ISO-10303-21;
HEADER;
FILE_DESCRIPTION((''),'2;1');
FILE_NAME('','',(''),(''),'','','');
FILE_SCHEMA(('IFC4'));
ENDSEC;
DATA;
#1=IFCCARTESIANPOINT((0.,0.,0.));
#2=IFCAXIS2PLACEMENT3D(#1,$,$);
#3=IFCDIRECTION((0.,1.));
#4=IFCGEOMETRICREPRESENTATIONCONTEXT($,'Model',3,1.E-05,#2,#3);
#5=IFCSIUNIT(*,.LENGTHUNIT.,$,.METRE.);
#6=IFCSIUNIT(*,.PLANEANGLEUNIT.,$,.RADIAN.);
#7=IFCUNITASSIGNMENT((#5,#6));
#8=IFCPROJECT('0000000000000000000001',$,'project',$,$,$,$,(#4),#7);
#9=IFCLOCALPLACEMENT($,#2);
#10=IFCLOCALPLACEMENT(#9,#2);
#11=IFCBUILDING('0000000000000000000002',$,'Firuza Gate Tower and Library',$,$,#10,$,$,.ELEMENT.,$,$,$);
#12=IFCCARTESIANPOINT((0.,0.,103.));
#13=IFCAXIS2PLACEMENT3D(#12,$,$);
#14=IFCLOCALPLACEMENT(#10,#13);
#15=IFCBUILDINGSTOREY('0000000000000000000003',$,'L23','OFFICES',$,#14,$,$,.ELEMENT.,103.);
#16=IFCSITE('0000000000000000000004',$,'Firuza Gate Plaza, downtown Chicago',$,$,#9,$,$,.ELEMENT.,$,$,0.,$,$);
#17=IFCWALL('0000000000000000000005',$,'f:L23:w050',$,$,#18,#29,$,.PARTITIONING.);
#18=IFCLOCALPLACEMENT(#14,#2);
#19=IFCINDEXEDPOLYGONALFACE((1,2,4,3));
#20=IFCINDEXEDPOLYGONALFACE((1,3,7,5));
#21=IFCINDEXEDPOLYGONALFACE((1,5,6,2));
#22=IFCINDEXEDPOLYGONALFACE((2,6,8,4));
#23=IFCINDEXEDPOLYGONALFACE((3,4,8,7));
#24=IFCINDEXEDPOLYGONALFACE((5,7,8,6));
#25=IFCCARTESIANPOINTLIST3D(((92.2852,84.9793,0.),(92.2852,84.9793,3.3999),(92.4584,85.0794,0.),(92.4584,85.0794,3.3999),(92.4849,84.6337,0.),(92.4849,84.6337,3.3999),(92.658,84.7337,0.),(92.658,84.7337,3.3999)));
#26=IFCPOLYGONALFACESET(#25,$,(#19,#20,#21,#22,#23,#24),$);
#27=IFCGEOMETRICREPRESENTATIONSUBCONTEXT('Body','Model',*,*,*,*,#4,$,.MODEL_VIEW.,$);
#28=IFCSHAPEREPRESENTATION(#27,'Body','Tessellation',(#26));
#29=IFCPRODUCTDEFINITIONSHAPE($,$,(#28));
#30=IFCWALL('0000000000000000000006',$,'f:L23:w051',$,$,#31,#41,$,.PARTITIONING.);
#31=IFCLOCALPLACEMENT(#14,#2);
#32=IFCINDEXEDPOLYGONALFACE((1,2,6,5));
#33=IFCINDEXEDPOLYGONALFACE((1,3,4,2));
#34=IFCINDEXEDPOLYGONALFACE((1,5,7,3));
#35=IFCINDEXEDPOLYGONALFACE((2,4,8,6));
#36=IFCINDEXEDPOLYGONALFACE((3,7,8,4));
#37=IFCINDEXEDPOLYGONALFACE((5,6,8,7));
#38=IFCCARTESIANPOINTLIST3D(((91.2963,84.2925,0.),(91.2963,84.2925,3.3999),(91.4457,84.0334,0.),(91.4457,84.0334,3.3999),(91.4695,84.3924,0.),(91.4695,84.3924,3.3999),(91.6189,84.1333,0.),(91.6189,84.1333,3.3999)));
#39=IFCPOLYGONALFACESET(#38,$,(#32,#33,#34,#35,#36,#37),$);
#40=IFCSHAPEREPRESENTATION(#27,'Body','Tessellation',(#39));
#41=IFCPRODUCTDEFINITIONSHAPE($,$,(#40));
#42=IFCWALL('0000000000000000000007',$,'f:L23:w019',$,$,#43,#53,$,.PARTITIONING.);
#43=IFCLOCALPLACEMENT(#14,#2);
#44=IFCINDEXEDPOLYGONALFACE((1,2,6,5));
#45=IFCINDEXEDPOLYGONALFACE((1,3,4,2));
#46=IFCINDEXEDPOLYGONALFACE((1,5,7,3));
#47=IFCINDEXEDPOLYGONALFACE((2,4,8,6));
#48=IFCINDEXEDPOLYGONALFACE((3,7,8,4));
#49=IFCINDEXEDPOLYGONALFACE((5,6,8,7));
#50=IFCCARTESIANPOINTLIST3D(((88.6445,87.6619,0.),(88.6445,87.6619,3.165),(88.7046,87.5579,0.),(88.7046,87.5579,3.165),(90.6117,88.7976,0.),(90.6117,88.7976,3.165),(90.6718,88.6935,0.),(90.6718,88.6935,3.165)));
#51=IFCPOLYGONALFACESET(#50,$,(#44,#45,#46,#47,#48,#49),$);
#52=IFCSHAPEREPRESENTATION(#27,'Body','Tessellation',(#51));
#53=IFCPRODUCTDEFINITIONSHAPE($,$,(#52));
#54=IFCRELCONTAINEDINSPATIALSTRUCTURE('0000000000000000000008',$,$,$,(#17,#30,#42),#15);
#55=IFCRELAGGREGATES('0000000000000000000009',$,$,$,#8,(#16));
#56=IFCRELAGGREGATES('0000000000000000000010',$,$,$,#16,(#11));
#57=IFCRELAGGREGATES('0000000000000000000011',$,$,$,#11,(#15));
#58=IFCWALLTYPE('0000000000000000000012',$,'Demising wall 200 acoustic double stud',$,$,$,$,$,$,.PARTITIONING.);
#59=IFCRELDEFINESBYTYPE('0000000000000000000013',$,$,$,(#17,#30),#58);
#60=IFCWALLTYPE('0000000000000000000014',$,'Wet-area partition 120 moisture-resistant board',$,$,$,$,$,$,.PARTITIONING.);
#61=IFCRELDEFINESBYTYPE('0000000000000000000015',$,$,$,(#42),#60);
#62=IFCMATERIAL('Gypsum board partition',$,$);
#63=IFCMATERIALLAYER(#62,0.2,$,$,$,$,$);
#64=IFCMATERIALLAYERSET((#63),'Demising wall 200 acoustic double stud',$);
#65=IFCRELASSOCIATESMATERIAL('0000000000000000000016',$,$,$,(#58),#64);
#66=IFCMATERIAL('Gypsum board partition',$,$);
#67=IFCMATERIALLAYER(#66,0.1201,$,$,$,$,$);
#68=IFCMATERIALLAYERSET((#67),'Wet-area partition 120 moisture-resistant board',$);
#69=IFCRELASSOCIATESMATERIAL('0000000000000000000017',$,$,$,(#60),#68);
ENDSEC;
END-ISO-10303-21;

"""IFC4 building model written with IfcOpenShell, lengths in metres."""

from ifc_helpers import new_model, si_unit, direction, frame, frame_2d, origin, place, context, subcontext, project, spatial, rectangle, extrude, material, layer, layer_set, type_object, element, save


model = new_model("IFC4")

# Units and contexts
model_context = context("Model", 3, precision=1e-05, world=origin(), true_north=direction((0.0, 1.0)))
body_context = subcontext(model_context, "Body", "Model", "MODEL_VIEW")
ifc_project = project(units=[si_unit("LENGTHUNIT", "METRE"), si_unit("PLANEANGLEUNIT", "RADIAN")], contexts=[model_context])

# Site, building, storey
site_placement = place(None, origin())
site = spatial("IfcSite", under=ifc_project, at=site_placement, Name="Firuza Gate Plaza, downtown Chicago", CompositionType="ELEMENT", RefElevation=0.0)
building_placement = place(site_placement, origin())
building = spatial("IfcBuilding", under=site, at=building_placement, Name="Firuza Gate Tower and Library", CompositionType="ELEMENT")
storey_placement = place(building_placement, frame((0.0, 0.0, 103.0)))
storey = spatial("IfcBuildingStorey", under=building, at=storey_placement, Name="L23", Description="OFFICES", CompositionType="ELEMENT", Elevation=103.0)

# Walls
ifc_material_1 = material(Name="Gypsum board partition")
ifc_layer_1 = layer(ifc_material_1, 0.2)
ifc_layer_set_1 = layer_set([ifc_layer_1], Name="Demising wall 200 acoustic double stud")
wall_type_1 = type_object("IfcWallType", Name="Demising wall 200 acoustic double stud", PredefinedType="PARTITIONING", material=ifc_layer_set_1)
wall_1_placement = place(storey_placement, frame((92.5715, 84.6836, 0.0), z_axis=(0.0, 0.0, 1.0), x_axis=(-0.500216, 0.8659, 0.0)))
element("IfcWall", 1, at=wall_1_placement, inside=storey, type_object=wall_type_1, Name="f:L23:w050", PredefinedType="PARTITIONING", context=body_context, shape_type="SweptSolid", body=[
    extrude(rectangle(XDim=0.3992, YDim=0.2, at=frame_2d((0.1997, 0.0))), origin(), (0.0, 0.0, 1.0), 3.3999),
])
wall_2_placement = place(storey_placement, frame((91.5322, 84.0835, 0.0), z_axis=(0.0, 0.0, 1.0), x_axis=(-0.499652, 0.866226, 0.0)))
element("IfcWall", 2, at=wall_2_placement, inside=storey, type_object=wall_type_1, Name="f:L23:w051", PredefinedType="PARTITIONING", context=body_context, shape_type="SweptSolid", body=[
    extrude(rectangle(XDim=0.2991, YDim=0.2, at=frame_2d((0.1494, 0.0))), origin(), (0.0, 0.0, 1.0), 3.3999),
])
ifc_material_2 = material(Name="Gypsum board partition")
ifc_layer_2 = layer(ifc_material_2, 0.1201)
ifc_layer_set_2 = layer_set([ifc_layer_2], Name="Wet-area partition 120 moisture-resistant board")
wall_type_2 = type_object("IfcWallType", Name="Wet-area partition 120 moisture-resistant board", PredefinedType="PARTITIONING", material=ifc_layer_set_2)
wall_3_placement = place(storey_placement, frame((88.6746, 87.6099, 0.0), z_axis=(0.0, 0.0, 1.0), x_axis=(0.866039, 0.499977, 0.0)))
element("IfcWall", 3, at=wall_3_placement, inside=storey, type_object=wall_type_2, Name="f:L23:w019", PredefinedType="PARTITIONING", context=body_context, shape_type="SweptSolid", body=[
    extrude(rectangle(XDim=2.2715, YDim=0.1201, at=frame_2d((1.1357, 0.0))), origin(), (0.0, 0.0, 1.0), 3.165),
])

save(model, "model.ifc")
